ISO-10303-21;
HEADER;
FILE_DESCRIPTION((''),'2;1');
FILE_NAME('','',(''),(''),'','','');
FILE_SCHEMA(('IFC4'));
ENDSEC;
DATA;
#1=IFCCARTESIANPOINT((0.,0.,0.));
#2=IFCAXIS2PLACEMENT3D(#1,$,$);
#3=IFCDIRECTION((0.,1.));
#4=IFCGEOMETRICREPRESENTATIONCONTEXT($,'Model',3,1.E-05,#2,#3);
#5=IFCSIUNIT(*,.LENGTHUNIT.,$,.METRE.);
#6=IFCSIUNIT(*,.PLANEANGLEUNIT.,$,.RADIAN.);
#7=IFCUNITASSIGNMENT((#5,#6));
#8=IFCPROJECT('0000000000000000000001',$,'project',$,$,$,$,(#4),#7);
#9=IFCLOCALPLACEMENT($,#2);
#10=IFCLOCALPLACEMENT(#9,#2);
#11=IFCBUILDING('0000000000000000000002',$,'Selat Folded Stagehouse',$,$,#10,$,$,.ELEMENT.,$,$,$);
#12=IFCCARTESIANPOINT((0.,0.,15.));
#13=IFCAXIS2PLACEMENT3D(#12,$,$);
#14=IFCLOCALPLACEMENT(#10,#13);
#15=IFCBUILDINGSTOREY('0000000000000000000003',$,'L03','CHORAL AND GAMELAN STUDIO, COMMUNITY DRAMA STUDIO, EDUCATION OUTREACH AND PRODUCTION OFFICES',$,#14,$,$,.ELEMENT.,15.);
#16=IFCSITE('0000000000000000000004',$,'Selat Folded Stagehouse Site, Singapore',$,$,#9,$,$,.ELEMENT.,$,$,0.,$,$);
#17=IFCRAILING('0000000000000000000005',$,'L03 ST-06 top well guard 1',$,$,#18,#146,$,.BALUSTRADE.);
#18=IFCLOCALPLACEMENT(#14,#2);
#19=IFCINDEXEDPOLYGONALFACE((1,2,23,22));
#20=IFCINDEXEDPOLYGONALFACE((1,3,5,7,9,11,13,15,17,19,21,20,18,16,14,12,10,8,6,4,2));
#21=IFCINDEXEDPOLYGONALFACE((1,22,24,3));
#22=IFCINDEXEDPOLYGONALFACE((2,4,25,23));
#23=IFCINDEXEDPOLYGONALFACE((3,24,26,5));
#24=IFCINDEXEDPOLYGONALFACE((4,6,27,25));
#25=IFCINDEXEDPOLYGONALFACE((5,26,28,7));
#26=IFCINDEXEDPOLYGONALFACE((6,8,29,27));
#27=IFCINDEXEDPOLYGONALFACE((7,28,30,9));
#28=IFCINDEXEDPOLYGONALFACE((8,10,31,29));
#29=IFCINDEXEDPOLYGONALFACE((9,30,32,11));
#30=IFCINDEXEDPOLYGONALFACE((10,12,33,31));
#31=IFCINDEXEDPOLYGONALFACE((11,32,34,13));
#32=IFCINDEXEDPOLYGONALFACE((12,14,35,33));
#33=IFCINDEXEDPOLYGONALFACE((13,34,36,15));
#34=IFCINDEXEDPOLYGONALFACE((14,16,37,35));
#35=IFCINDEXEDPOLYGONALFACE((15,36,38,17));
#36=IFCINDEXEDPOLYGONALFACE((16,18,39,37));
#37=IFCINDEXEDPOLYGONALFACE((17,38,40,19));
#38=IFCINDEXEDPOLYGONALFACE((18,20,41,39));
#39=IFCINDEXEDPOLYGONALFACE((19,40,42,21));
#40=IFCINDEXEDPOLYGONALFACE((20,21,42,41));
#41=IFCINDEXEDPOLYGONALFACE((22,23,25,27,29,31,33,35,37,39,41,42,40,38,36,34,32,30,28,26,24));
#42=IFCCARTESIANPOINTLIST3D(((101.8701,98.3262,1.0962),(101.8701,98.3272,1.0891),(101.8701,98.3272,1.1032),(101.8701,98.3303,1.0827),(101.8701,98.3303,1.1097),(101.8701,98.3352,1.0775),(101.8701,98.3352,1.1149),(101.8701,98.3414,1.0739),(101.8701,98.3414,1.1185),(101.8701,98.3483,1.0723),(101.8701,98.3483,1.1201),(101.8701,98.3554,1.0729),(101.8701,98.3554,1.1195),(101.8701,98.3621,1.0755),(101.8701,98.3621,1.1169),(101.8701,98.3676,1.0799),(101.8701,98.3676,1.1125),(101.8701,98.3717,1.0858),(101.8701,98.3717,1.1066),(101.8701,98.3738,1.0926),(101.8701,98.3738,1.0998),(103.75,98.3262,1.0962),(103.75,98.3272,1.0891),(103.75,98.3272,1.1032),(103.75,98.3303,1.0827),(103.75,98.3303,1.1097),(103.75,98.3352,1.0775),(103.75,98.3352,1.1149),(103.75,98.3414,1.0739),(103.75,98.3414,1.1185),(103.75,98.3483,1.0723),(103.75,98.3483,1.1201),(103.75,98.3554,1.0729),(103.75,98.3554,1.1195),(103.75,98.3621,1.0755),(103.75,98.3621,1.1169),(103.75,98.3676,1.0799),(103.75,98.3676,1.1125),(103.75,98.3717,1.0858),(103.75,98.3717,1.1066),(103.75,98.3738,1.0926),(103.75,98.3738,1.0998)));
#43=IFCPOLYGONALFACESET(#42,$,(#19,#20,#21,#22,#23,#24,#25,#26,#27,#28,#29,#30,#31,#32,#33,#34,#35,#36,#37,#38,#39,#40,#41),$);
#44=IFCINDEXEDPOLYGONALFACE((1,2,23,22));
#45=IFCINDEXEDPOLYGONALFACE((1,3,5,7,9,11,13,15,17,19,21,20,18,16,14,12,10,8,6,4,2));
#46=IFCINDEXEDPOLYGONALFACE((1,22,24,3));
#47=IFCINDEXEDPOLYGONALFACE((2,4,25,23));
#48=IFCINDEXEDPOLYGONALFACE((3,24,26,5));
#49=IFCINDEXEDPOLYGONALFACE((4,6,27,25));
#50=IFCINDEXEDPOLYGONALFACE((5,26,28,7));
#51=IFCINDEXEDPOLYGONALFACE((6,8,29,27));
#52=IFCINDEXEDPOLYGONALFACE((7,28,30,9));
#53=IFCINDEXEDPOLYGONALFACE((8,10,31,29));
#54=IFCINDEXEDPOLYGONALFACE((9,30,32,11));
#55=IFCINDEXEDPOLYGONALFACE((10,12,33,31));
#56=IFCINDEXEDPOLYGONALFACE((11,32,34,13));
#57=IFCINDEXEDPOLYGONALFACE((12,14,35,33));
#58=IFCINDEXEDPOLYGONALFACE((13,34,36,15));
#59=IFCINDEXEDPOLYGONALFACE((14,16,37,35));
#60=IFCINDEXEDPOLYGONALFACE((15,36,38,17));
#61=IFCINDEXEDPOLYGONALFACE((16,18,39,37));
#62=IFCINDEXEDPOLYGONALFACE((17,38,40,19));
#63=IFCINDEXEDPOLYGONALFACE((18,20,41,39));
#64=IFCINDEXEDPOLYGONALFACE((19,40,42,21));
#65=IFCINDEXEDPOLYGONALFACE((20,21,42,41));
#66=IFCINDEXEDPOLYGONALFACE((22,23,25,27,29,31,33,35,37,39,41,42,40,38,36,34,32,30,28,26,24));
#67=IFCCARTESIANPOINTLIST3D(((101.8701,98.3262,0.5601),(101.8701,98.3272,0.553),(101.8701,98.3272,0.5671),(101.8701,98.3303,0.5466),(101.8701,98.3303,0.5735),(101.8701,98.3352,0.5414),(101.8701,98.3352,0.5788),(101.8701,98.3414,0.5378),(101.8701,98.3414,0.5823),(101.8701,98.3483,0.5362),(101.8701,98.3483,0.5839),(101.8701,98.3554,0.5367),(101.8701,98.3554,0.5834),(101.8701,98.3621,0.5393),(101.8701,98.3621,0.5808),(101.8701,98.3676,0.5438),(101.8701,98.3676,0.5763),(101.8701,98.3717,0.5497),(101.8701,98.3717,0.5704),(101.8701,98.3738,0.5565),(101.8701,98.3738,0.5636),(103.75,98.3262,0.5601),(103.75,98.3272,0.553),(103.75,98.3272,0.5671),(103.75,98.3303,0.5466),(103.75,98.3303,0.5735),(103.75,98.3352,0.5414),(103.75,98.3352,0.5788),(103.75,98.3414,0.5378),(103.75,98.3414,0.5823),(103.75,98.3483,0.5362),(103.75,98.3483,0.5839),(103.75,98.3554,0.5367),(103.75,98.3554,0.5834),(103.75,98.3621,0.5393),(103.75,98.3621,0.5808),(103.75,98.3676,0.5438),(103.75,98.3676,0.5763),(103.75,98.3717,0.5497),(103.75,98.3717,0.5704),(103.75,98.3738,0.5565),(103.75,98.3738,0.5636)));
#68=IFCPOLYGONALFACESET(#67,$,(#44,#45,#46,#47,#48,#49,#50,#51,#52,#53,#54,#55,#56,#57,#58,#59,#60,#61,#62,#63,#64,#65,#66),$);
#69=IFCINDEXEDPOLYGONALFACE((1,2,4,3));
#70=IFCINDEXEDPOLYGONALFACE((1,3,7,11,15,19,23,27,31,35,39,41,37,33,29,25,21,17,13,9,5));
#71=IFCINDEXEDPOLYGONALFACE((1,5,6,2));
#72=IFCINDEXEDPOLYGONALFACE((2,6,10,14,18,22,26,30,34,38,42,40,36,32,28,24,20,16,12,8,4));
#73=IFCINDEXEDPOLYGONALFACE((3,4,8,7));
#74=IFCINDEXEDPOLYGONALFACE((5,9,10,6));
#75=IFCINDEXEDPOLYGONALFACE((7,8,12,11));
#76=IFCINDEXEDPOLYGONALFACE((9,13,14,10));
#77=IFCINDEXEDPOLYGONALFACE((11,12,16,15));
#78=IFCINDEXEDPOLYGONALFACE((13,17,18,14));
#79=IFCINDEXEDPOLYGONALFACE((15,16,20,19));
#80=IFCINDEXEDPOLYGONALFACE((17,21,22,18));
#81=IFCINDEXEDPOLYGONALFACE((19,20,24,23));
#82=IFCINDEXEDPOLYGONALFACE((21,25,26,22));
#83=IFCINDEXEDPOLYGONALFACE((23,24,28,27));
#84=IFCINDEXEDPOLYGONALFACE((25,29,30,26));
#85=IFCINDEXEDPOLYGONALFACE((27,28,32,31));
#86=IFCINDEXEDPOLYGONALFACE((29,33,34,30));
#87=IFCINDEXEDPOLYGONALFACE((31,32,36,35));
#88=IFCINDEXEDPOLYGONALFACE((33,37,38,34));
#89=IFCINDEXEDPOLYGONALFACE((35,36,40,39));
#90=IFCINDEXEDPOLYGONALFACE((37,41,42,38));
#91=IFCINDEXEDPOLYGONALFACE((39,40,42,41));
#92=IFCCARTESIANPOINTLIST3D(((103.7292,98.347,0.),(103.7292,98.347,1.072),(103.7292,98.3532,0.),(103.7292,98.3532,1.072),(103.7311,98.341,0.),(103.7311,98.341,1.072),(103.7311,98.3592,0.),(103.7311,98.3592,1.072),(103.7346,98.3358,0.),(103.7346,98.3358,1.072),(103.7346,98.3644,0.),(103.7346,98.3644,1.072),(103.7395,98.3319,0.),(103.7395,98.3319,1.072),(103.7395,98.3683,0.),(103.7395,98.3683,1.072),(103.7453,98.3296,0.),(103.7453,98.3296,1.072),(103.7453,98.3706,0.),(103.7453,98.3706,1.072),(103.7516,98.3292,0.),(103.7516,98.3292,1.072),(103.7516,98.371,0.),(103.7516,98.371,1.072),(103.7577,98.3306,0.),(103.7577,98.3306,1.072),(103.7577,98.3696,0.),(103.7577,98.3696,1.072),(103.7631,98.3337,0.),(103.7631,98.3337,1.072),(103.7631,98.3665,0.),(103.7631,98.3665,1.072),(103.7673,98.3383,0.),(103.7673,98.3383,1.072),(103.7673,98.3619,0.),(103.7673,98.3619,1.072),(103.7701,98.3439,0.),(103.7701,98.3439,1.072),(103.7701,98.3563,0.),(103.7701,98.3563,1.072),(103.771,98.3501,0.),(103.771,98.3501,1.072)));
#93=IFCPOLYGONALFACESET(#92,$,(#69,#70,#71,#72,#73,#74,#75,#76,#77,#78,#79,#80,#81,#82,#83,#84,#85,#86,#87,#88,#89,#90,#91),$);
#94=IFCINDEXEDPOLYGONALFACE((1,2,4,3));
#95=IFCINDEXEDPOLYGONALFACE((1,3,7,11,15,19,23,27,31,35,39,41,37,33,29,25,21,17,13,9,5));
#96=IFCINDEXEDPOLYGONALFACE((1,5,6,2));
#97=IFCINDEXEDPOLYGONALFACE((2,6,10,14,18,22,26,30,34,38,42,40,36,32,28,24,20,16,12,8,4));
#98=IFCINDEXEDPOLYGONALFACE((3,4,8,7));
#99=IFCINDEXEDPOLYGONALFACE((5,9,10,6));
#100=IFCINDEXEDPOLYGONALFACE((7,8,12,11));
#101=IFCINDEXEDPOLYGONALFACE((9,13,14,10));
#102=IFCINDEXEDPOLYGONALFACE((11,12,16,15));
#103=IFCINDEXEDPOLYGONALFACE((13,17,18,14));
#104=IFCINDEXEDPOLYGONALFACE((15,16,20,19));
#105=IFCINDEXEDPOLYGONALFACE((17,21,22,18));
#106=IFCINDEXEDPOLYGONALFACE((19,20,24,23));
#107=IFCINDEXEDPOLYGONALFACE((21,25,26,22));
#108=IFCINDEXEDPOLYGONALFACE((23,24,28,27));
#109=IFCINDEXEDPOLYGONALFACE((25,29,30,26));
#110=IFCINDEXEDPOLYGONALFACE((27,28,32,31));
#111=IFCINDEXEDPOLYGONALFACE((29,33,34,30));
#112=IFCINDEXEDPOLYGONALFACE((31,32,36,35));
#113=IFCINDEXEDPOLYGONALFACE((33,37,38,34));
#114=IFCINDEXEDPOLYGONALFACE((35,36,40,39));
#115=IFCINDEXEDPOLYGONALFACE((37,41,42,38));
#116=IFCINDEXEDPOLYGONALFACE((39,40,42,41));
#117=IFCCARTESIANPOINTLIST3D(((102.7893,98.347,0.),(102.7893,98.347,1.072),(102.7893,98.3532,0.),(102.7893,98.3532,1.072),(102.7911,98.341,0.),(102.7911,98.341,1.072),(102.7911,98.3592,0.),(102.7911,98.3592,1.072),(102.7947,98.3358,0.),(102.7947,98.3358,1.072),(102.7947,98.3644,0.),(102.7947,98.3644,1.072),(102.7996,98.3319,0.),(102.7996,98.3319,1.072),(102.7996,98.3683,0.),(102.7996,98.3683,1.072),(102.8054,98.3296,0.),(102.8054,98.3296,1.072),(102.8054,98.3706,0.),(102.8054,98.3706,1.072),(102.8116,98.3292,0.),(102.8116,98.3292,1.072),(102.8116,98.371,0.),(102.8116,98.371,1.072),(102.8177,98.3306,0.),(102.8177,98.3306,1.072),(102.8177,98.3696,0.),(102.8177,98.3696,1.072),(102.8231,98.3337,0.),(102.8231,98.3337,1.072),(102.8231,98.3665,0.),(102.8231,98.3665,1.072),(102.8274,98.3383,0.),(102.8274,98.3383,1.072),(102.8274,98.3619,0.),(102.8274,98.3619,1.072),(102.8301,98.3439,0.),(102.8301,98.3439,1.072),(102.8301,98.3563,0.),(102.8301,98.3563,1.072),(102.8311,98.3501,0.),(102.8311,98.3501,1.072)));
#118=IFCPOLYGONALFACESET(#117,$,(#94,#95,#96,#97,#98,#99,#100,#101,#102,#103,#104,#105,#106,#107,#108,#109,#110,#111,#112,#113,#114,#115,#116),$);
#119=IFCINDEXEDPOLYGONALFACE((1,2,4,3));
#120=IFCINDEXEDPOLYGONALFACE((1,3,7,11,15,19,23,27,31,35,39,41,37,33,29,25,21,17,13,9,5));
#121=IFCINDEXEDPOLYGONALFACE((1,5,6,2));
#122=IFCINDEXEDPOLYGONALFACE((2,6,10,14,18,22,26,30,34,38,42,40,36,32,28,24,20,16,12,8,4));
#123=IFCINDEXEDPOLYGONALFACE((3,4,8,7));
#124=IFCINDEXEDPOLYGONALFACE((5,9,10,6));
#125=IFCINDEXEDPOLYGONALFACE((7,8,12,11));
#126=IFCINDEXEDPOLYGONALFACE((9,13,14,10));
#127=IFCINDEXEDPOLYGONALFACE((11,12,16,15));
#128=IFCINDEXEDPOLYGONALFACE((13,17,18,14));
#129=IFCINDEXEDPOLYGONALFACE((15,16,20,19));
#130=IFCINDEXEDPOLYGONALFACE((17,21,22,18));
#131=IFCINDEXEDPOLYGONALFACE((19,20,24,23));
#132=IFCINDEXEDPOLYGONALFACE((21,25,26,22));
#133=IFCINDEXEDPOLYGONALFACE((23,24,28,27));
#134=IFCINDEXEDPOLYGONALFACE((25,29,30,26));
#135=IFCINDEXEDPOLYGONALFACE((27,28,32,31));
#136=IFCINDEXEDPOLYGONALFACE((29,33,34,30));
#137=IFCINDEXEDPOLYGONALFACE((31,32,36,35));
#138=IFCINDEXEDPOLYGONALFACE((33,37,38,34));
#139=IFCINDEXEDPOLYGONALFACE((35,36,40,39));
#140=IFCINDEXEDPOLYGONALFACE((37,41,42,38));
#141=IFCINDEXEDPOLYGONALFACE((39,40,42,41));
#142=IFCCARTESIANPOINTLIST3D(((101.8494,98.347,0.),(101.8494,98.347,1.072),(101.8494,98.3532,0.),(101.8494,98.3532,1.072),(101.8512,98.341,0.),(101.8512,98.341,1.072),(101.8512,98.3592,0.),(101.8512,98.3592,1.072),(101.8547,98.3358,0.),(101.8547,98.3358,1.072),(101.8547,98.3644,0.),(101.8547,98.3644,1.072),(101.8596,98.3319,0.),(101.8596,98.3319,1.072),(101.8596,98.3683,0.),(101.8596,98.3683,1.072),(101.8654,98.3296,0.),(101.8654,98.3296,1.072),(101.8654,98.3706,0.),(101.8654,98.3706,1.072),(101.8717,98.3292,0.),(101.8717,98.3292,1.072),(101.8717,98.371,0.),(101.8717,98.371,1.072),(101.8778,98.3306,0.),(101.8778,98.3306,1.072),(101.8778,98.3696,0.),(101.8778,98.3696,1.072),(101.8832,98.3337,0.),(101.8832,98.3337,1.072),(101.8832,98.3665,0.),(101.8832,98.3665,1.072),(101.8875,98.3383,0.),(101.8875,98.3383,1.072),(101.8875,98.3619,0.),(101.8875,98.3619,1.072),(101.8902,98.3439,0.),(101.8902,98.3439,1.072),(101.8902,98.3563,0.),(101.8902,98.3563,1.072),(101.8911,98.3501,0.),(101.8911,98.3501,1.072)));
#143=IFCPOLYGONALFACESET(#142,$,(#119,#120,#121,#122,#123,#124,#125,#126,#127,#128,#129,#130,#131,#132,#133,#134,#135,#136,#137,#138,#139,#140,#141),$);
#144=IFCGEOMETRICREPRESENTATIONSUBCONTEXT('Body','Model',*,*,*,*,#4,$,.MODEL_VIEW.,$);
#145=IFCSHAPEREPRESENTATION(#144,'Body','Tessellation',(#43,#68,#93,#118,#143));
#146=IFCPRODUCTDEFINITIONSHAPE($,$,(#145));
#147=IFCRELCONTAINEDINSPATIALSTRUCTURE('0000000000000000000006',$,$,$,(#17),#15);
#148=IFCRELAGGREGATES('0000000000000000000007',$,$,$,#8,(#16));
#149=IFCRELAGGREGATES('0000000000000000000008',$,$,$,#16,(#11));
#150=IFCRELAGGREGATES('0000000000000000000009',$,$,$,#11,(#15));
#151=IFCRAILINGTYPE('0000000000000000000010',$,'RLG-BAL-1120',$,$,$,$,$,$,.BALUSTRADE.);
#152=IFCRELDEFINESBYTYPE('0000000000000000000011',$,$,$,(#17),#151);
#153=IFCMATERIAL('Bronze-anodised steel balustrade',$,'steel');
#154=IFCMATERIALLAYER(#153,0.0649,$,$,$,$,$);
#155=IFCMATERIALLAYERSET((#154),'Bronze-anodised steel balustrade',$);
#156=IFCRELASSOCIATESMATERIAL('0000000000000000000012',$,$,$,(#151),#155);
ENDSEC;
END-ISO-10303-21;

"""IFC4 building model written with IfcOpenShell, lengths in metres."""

from ifc_helpers import new_model, si_unit, direction, frame, origin, origin_2d, place, context, subcontext, project, spatial, circle, extrude, material, layer, layer_set, type_object, element, save


model = new_model("IFC4")

# Units and contexts
model_context = context("Model", 3, precision=1e-05, world=origin(), true_north=direction((0.0, 1.0)))
body_context = subcontext(model_context, "Body", "Model", "MODEL_VIEW")
ifc_project = project(units=[si_unit("LENGTHUNIT", "METRE"), si_unit("PLANEANGLEUNIT", "RADIAN")], contexts=[model_context])

# Site, building, storey
site_placement = place(None, origin())
site = spatial("IfcSite", under=ifc_project, at=site_placement, Name="Selat Folded Stagehouse Site, Singapore", CompositionType="ELEMENT", RefElevation=0.0)
building_placement = place(site_placement, origin())
building = spatial("IfcBuilding", under=site, at=building_placement, Name="Selat Folded Stagehouse", CompositionType="ELEMENT")
storey_placement = place(building_placement, frame((0.0, 0.0, 15.0)))
storey = spatial("IfcBuildingStorey", under=building, at=storey_placement, Name="L03", Description="CHORAL AND GAMELAN STUDIO, COMMUNITY DRAMA STUDIO, EDUCATION OUTREACH AND PRODUCTION OFFICES", CompositionType="ELEMENT", Elevation=15.0)

# Railing
ifc_material_1 = material(Name="Bronze-anodised steel balustrade", Category="steel")
ifc_layer_1 = layer(ifc_material_1, 0.0649)
ifc_layer_set_1 = layer_set([ifc_layer_1], Name="Bronze-anodised steel balustrade")
railing_type = type_object("IfcRailingType", Name="RLG-BAL-1120", PredefinedType="BALUSTRADE", material=ifc_layer_set_1)
railing_placement = place(storey_placement, frame((103.75, 98.3501, 0.0)))
element("IfcRailing", 1, at=railing_placement, inside=storey, type_object=railing_type, Name="L03 ST-06 top well guard 1", PredefinedType="BALUSTRADE", context=body_context, shape_type="SweptSolid", body=[
    extrude(circle(Radius=0.0239, at=origin_2d()), frame((0.0, 0.0, 1.0962), z_axis=(-1.0, 0.0, 0.0), x_axis=(0.0, -1.0, 0.0)), (0.0, 0.0, 1.0), 1.8799),
    extrude(circle(Radius=0.0239, at=origin_2d()), frame((0.0, 0.0, 0.5601), z_axis=(-1.0, 0.0, 0.0), x_axis=(0.0, -1.0, 0.0)), (0.0, 0.0, 1.0), 1.8799),
    extrude(circle(Radius=0.021, at=origin_2d()), origin(), (0.0, 0.0, 1.0), 1.072),
    extrude(circle(Radius=0.021, at=origin_2d()), frame((-0.9399, 0.0, 0.0)), (0.0, 0.0, 1.0), 1.072),
    extrude(circle(Radius=0.021, at=origin_2d()), frame((-1.8799, 0.0, 0.0)), (0.0, 0.0, 1.0), 1.072),
])

save(model, "model.ifc")
